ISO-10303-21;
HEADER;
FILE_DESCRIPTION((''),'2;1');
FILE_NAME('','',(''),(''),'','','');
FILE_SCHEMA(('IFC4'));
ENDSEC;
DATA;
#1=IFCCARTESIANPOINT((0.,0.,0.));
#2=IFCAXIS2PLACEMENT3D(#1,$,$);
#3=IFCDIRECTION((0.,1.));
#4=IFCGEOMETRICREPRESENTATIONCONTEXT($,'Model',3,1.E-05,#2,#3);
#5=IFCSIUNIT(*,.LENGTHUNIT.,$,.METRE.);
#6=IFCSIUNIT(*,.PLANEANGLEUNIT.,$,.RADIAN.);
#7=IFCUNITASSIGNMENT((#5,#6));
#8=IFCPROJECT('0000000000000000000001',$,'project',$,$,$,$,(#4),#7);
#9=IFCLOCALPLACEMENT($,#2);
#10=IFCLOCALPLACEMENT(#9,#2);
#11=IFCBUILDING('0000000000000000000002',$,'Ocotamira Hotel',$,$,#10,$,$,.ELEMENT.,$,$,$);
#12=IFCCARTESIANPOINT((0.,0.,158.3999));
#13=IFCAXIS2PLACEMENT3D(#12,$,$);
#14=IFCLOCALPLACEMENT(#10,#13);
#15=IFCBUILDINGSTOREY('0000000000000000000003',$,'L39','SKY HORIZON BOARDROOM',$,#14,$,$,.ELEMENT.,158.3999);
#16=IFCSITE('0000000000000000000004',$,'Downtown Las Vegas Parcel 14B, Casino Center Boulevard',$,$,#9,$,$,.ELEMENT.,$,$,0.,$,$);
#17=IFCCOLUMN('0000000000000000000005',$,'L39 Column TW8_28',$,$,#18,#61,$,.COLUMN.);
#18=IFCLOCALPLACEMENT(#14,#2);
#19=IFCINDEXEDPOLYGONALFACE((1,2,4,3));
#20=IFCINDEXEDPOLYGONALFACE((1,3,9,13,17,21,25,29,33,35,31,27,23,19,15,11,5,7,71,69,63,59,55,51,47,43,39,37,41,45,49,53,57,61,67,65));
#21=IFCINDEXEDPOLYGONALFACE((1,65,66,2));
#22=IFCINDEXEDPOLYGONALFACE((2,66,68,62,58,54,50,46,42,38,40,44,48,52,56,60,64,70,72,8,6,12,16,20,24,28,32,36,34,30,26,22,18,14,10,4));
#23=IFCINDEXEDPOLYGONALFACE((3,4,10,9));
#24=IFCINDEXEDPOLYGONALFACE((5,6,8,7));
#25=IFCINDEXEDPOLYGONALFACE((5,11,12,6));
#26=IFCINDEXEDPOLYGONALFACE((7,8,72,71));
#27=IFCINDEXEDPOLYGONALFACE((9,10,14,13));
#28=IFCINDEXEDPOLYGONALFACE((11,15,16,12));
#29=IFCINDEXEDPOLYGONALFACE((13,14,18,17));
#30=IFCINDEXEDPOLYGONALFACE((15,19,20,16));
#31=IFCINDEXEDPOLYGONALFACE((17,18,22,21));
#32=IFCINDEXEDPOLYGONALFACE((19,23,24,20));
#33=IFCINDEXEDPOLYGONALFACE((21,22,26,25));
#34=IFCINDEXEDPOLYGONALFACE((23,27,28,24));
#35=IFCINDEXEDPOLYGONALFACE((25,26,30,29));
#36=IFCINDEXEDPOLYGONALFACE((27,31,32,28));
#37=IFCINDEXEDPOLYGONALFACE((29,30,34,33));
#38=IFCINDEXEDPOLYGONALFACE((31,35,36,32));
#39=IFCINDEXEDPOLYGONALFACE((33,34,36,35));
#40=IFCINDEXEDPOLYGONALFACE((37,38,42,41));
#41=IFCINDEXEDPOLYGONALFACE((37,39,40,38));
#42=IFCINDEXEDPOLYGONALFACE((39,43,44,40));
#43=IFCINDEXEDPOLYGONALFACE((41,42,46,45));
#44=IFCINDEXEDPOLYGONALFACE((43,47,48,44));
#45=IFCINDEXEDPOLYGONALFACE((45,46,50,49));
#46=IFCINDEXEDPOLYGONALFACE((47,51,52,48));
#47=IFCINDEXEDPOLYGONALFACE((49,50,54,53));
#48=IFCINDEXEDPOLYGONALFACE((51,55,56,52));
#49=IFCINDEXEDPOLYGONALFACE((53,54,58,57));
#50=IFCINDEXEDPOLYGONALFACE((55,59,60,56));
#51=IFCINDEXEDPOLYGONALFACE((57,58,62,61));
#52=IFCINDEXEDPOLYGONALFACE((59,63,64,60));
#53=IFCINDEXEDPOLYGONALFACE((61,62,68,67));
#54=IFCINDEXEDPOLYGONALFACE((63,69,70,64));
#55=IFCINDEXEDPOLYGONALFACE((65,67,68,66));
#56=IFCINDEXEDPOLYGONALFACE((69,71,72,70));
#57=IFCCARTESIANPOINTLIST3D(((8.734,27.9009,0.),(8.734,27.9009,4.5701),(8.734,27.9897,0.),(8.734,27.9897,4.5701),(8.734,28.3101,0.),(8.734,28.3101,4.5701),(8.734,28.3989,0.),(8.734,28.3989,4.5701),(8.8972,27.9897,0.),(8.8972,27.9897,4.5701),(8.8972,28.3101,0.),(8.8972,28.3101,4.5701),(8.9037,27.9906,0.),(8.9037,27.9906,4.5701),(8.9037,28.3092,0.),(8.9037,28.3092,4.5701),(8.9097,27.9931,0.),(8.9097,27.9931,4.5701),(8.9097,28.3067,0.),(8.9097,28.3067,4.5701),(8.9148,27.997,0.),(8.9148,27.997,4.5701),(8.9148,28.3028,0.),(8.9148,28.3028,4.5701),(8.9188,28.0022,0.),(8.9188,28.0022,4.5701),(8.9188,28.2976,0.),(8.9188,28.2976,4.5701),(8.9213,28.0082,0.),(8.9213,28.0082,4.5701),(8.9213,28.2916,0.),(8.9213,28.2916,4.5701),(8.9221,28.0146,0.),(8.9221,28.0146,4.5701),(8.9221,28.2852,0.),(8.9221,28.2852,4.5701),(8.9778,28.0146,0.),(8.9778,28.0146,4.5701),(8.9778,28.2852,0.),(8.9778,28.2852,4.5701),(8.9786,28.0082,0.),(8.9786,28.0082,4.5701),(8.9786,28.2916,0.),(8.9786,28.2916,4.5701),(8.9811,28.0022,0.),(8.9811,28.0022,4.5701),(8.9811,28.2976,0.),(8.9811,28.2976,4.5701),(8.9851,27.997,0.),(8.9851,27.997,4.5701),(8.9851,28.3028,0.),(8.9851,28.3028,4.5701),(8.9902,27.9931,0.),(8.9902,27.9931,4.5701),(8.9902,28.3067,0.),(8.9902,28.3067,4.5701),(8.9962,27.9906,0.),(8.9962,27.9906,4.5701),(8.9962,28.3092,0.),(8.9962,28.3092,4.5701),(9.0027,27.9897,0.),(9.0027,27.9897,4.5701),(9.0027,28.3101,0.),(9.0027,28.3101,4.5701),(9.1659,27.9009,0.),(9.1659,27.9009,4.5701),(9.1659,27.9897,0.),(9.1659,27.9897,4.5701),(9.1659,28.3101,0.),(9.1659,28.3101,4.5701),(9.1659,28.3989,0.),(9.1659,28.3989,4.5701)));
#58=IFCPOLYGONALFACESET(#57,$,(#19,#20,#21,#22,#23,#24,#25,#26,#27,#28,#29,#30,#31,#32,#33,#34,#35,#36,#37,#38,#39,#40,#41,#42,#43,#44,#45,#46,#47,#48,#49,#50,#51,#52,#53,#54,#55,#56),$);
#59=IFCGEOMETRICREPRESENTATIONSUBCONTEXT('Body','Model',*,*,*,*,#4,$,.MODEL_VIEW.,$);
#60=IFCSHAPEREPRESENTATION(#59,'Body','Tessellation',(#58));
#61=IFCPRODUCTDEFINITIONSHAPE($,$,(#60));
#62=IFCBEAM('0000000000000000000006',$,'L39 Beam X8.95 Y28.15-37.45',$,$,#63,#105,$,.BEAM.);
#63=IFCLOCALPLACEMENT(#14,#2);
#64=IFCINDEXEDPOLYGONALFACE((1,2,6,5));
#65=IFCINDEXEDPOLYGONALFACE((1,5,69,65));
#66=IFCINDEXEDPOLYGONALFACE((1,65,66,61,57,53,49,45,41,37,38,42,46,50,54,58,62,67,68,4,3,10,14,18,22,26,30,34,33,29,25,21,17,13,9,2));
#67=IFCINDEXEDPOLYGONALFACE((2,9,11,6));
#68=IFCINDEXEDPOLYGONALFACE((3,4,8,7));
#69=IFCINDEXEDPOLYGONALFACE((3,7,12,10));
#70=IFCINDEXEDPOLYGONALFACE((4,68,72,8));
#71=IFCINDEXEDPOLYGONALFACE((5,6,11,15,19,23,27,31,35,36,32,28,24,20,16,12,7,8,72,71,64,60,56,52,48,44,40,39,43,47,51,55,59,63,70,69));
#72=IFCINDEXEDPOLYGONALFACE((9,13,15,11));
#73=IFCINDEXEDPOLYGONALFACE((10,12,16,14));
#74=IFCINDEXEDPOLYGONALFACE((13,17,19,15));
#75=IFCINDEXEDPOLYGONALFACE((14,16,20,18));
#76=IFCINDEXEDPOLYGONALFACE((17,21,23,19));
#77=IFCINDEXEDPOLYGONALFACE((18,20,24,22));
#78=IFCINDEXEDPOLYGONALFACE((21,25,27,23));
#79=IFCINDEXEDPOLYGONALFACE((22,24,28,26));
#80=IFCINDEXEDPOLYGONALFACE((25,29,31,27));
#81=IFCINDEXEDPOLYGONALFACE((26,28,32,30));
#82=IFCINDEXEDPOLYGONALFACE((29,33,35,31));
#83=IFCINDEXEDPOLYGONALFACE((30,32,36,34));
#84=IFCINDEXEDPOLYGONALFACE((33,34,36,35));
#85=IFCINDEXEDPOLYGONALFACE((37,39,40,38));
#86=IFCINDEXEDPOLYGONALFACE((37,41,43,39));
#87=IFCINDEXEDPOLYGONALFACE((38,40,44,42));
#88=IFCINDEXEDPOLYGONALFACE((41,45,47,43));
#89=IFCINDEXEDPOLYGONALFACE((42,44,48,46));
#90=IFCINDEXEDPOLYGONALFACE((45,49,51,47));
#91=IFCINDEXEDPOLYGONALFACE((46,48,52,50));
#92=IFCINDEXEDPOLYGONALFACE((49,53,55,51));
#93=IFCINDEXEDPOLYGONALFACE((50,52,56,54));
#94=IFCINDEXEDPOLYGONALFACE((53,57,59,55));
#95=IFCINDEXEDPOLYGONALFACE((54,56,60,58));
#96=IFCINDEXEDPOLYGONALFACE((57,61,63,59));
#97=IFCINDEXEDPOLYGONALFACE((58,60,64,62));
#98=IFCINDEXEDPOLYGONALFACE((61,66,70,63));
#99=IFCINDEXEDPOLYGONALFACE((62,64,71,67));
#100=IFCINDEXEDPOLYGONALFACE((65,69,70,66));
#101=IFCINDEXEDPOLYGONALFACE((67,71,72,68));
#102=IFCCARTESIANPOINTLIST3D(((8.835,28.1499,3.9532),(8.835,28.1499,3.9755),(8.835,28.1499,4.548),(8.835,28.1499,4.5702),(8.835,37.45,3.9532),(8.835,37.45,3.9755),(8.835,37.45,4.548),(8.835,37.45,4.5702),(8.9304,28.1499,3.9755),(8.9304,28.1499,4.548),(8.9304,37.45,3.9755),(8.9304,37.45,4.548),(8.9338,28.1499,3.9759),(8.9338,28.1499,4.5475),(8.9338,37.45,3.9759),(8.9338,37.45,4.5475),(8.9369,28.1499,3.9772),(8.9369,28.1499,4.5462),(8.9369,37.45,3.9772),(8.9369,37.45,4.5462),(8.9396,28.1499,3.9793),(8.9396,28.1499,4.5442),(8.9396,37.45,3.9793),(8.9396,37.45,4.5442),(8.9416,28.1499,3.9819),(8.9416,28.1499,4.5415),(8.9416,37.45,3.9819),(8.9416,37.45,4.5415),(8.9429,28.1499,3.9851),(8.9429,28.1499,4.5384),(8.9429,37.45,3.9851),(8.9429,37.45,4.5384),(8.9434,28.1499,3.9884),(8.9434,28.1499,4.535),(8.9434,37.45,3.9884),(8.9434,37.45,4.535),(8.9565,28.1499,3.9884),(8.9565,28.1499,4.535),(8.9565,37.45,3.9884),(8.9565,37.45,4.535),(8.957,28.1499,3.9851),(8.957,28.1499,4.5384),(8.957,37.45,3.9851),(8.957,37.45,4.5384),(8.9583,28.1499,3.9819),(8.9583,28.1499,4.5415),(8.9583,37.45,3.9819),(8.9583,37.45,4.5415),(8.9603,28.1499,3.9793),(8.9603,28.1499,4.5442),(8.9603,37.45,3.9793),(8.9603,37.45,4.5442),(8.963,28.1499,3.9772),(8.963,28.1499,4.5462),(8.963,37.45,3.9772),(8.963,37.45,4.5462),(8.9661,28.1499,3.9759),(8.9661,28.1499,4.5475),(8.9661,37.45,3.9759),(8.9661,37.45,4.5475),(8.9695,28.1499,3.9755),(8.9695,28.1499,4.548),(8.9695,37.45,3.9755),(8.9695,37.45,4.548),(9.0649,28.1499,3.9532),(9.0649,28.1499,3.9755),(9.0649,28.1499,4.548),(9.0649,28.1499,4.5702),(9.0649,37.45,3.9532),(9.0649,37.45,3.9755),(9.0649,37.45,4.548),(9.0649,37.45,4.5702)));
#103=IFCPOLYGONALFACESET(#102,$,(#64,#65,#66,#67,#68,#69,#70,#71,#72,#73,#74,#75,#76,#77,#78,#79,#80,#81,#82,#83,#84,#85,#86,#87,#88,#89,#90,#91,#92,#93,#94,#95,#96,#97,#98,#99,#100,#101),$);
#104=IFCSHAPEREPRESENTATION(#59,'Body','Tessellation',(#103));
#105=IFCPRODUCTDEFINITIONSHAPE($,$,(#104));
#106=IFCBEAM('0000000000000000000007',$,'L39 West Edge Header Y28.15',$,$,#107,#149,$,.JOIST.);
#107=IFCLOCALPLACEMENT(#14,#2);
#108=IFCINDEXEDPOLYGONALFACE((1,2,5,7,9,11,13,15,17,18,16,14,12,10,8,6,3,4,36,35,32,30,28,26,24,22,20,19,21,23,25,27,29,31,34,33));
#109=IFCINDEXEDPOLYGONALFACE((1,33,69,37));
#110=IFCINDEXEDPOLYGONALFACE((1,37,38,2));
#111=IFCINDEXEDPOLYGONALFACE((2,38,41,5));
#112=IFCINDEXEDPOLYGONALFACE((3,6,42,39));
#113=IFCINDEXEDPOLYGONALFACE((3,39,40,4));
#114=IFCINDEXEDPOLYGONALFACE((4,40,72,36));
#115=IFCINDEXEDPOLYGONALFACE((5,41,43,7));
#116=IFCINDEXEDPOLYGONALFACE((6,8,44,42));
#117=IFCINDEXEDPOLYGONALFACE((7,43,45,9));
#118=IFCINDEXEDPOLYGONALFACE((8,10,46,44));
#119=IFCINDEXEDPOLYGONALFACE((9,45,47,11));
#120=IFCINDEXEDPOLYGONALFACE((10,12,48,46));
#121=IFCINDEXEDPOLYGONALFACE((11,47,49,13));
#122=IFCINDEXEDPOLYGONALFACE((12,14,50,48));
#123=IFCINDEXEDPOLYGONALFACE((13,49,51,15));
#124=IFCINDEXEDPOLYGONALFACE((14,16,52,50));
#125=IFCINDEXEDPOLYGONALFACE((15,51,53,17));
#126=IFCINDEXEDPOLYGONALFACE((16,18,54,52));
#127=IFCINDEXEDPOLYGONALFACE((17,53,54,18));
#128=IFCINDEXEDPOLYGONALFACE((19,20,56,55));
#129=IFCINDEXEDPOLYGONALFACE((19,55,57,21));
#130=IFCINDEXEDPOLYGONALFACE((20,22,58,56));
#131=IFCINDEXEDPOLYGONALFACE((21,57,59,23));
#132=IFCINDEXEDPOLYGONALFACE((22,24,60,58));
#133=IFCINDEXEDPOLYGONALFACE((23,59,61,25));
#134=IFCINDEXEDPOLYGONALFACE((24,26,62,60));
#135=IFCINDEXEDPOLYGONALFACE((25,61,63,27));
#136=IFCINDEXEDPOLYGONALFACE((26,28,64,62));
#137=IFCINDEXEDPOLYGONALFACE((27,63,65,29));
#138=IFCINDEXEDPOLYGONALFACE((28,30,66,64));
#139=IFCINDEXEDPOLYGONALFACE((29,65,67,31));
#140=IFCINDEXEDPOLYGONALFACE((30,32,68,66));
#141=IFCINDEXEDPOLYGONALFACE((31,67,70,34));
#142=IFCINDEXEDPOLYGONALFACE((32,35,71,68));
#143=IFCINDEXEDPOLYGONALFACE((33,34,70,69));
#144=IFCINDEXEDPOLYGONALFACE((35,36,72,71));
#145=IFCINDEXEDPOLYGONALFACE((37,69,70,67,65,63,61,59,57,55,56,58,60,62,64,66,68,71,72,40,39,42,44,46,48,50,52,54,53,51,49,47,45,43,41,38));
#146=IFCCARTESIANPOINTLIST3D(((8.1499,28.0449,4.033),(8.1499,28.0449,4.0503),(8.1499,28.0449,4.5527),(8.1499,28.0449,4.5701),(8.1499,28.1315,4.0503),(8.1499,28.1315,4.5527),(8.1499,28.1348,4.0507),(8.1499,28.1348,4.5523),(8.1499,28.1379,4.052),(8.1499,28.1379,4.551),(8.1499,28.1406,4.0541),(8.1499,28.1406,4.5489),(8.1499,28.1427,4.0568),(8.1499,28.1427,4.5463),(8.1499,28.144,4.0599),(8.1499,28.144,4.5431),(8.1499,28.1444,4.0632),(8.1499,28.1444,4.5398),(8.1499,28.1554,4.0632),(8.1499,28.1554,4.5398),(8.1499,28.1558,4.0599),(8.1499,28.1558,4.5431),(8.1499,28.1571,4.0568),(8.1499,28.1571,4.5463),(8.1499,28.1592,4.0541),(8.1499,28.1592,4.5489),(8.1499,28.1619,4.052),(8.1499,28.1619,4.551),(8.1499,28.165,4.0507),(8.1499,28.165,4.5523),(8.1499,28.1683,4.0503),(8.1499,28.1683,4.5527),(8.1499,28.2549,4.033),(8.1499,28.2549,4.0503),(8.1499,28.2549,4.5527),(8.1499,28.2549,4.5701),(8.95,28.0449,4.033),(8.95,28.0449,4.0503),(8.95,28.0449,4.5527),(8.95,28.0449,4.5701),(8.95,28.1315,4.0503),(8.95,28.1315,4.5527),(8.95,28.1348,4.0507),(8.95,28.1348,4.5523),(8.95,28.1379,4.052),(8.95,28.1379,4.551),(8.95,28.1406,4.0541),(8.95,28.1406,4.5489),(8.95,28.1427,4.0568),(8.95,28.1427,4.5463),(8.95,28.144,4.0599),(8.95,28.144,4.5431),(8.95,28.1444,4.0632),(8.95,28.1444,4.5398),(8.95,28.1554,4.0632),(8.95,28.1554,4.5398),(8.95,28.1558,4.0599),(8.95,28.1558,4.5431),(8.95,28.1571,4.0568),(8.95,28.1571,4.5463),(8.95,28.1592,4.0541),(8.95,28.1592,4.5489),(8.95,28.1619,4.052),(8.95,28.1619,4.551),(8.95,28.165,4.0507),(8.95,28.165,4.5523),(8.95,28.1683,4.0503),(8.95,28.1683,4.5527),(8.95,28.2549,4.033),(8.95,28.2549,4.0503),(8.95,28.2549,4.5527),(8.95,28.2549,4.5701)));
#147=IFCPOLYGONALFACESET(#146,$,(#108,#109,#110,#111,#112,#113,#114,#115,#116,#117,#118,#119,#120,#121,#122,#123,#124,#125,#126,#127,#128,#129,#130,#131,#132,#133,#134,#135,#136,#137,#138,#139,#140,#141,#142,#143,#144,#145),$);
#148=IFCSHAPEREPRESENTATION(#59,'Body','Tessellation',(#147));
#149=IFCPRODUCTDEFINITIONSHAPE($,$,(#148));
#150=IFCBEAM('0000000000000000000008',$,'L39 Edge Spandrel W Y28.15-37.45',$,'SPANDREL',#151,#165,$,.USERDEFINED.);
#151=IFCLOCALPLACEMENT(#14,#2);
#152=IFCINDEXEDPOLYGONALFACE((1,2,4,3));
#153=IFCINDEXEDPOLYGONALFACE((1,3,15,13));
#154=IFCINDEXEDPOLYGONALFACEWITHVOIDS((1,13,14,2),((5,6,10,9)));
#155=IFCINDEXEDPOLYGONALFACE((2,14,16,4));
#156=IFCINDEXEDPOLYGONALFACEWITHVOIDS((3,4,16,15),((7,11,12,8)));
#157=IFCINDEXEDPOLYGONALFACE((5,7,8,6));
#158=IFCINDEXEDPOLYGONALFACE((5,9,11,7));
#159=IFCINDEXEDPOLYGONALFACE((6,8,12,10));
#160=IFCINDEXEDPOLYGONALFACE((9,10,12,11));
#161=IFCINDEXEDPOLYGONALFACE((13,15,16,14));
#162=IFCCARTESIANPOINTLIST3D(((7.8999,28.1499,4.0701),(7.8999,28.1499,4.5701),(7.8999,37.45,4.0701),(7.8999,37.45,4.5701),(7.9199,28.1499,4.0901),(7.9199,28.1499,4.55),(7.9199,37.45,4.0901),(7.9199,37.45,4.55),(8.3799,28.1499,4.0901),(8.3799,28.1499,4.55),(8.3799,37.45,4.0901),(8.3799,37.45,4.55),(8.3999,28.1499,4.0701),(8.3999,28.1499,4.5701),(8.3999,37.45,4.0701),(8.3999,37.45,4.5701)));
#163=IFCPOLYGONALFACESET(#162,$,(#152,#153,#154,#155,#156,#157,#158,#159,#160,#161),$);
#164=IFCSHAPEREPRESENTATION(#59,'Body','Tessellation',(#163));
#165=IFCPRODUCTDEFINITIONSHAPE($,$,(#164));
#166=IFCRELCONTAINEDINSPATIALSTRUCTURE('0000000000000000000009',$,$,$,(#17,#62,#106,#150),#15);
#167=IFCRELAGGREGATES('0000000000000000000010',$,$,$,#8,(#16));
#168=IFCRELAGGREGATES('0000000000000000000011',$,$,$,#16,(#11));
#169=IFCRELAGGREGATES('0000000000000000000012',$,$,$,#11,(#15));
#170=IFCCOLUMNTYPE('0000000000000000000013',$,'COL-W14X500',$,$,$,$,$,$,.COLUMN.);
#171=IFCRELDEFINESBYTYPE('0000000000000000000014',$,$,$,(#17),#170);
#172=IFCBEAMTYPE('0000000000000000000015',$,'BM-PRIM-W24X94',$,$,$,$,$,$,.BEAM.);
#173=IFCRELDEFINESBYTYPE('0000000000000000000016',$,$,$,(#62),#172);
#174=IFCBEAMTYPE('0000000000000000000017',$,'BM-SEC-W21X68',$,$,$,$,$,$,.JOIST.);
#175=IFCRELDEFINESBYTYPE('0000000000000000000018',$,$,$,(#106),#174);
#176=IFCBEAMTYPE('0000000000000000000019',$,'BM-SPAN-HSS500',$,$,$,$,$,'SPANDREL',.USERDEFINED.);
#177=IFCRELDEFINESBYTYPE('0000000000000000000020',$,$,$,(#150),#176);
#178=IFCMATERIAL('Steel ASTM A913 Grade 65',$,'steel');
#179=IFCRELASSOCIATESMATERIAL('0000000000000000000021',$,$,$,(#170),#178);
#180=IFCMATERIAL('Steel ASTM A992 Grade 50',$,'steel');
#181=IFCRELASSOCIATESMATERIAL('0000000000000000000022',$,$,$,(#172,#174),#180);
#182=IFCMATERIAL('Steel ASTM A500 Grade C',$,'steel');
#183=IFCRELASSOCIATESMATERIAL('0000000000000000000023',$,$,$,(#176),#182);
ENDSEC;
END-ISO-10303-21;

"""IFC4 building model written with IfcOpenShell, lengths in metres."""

from ifc_helpers import new_model, si_unit, direction, frame, origin, origin_2d, place, context, subcontext, project, spatial, hollow_rectangle, i_section, extrude, source, transform, mapped, material, material_profile, profile_set, type_object, element, save


model = new_model("IFC4")

# Units and contexts
model_context = context("Model", 3, precision=1e-05, world=origin(), true_north=direction((0.0, 1.0)))
body_context = subcontext(model_context, "Body", "Model", "MODEL_VIEW")
ifc_project = project(units=[si_unit("LENGTHUNIT", "METRE"), si_unit("PLANEANGLEUNIT", "RADIAN")], contexts=[model_context])

# Site, building, storey
site_placement = place(None, origin())
site = spatial("IfcSite", under=ifc_project, at=site_placement, Name="Downtown Las Vegas Parcel 14B, Casino Center Boulevard", CompositionType="ELEMENT", RefElevation=0.0)
building_placement = place(site_placement, origin())
building = spatial("IfcBuilding", under=site, at=building_placement, Name="Ocotamira Hotel", CompositionType="ELEMENT")
storey_placement = place(building_placement, frame((0.0, 0.0, 158.3999)))
storey = spatial("IfcBuildingStorey", under=building, at=storey_placement, Name="L39", Description="SKY HORIZON BOARDROOM", CompositionType="ELEMENT", Elevation=158.3999)

# Column
ifc_material_1 = material(Name="Steel ASTM A913 Grade 65", Category="steel")
ifc_material_profile_1 = material_profile(ifc_material_1, i_section(OverallWidth=0.4319, OverallDepth=0.498, WebThickness=0.0557, FlangeThickness=0.0889, FilletRadius=0.0249, at=origin_2d()), Name="W14X500")
ifc_profile_set_1 = profile_set([ifc_material_profile_1], Name="Steel ASTM A913 Grade 65")
column_type = type_object("IfcColumnType", Name="COL-W14X500", PredefinedType="COLUMN", material=ifc_profile_set_1)
shared_shape_1 = source(origin(), body_context, "Body", "SweptSolid", [
    extrude(i_section(OverallWidth=0.4319, OverallDepth=0.498, WebThickness=0.0557, FlangeThickness=0.0889, FilletRadius=0.0249, at=origin_2d()), origin(), (0.0, 0.0, 1.0), 4.5701),
])
column_placement = place(storey_placement, frame((8.95, 28.1499, 0.0), z_axis=(0.0, 0.0, 1.0), x_axis=(1.0, 0.0, 0.0)))
element("IfcColumn", 1, at=column_placement, inside=storey, type_object=column_type, Name="L39 Column TW8_28", PredefinedType="COLUMN", context=body_context, shape_type="MappedRepresentation", body=[
    mapped(shared_shape_1, transform((0.0, 0.0, 0.0), scale=1.0)),
])

# Beams
ifc_material_2 = material(Name="Steel ASTM A992 Grade 50", Category="steel")
ifc_material_profile_2 = material_profile(ifc_material_2, i_section(OverallWidth=0.23, OverallDepth=0.6169, WebThickness=0.0132, FlangeThickness=0.0222, FilletRadius=0.0129, at=origin_2d()), Name="W24X94")
ifc_profile_set_2 = profile_set([ifc_material_profile_2], Name="Steel ASTM A992 Grade 50")
beam_type_1 = type_object("IfcBeamType", Name="BM-PRIM-W24X94", PredefinedType="BEAM", material=ifc_profile_set_2)
shared_shape_2 = source(origin(), body_context, "Body", "SweptSolid", [
    extrude(i_section(OverallWidth=0.23, OverallDepth=0.6169, WebThickness=0.0132, FlangeThickness=0.0222, FilletRadius=0.0129, at=origin_2d()), origin(), (0.0, 0.0, 1.0), 9.3),
])
beam_1_placement = place(storey_placement, frame((8.95, 28.1499, 4.2617), z_axis=(0.0, 1.0, 0.0), x_axis=(-1.0, 0.0, 0.0)))
element("IfcBeam", 2, at=beam_1_placement, inside=storey, type_object=beam_type_1, Name="L39 Beam X8.95 Y28.15-37.45", PredefinedType="BEAM", context=body_context, shape_type="MappedRepresentation", body=[
    mapped(shared_shape_2, transform((0.0, 0.0, 0.0), scale=1.0)),
])
ifc_material_profile_3 = material_profile(ifc_material_2, i_section(OverallWidth=0.21, OverallDepth=0.5371, WebThickness=0.011, FlangeThickness=0.0173, FilletRadius=0.0129, at=origin_2d()), Name="W21X68")
ifc_profile_set_3 = profile_set([ifc_material_profile_3], Name="Steel ASTM A992 Grade 50")
beam_type_2 = type_object("IfcBeamType", Name="BM-SEC-W21X68", PredefinedType="JOIST", material=ifc_profile_set_3)
shared_shape_3 = source(origin(), body_context, "Body", "SweptSolid", [
    extrude(i_section(OverallWidth=0.21, OverallDepth=0.5371, WebThickness=0.011, FlangeThickness=0.0173, FilletRadius=0.0129, at=origin_2d()), origin(), (0.0, 0.0, 1.0), 0.8),
])
beam_2_placement = place(storey_placement, frame((8.95, 28.1499, 4.3015), z_axis=(-1.0, 0.0, 0.0), x_axis=(0.0, -1.0, 0.0)))
element("IfcBeam", 3, at=beam_2_placement, inside=storey, type_object=beam_type_2, Name="L39 West Edge Header Y28.15", PredefinedType="JOIST", context=body_context, shape_type="MappedRepresentation", body=[
    mapped(shared_shape_3, transform((0.0, 0.0, 0.0), scale=1.0)),
])
ifc_material_3 = material(Name="Steel ASTM A500 Grade C", Category="steel")
ifc_material_profile_4 = material_profile(ifc_material_3, hollow_rectangle(XDim=0.5, YDim=0.5, WallThickness=0.02, at=origin_2d()), Name="HSS500X500X20")
ifc_profile_set_4 = profile_set([ifc_material_profile_4], Name="Steel ASTM A500 Grade C")
beam_type_3 = type_object("IfcBeamType", Name="BM-SPAN-HSS500", ElementType="SPANDREL", PredefinedType="USERDEFINED", material=ifc_profile_set_4)
shared_shape_4 = source(origin(), body_context, "Body", "SweptSolid", [
    extrude(hollow_rectangle(XDim=0.5, YDim=0.5, WallThickness=0.02, at=origin_2d()), origin(), (0.0, 0.0, 1.0), 9.3),
])
beam_3_placement = place(storey_placement, frame((8.1499, 28.1499, 4.3201), z_axis=(0.0, 1.0, 0.0), x_axis=(-1.0, 0.0, 0.0)))
element("IfcBeam", 4, at=beam_3_placement, inside=storey, type_object=beam_type_3, Name="L39 Edge Spandrel W Y28.15-37.45", ObjectType="SPANDREL", PredefinedType="USERDEFINED", context=body_context, shape_type="MappedRepresentation", body=[
    mapped(shared_shape_4, transform((0.0, 0.0, 0.0), scale=1.0)),
])

save(model, "model.ifc")
